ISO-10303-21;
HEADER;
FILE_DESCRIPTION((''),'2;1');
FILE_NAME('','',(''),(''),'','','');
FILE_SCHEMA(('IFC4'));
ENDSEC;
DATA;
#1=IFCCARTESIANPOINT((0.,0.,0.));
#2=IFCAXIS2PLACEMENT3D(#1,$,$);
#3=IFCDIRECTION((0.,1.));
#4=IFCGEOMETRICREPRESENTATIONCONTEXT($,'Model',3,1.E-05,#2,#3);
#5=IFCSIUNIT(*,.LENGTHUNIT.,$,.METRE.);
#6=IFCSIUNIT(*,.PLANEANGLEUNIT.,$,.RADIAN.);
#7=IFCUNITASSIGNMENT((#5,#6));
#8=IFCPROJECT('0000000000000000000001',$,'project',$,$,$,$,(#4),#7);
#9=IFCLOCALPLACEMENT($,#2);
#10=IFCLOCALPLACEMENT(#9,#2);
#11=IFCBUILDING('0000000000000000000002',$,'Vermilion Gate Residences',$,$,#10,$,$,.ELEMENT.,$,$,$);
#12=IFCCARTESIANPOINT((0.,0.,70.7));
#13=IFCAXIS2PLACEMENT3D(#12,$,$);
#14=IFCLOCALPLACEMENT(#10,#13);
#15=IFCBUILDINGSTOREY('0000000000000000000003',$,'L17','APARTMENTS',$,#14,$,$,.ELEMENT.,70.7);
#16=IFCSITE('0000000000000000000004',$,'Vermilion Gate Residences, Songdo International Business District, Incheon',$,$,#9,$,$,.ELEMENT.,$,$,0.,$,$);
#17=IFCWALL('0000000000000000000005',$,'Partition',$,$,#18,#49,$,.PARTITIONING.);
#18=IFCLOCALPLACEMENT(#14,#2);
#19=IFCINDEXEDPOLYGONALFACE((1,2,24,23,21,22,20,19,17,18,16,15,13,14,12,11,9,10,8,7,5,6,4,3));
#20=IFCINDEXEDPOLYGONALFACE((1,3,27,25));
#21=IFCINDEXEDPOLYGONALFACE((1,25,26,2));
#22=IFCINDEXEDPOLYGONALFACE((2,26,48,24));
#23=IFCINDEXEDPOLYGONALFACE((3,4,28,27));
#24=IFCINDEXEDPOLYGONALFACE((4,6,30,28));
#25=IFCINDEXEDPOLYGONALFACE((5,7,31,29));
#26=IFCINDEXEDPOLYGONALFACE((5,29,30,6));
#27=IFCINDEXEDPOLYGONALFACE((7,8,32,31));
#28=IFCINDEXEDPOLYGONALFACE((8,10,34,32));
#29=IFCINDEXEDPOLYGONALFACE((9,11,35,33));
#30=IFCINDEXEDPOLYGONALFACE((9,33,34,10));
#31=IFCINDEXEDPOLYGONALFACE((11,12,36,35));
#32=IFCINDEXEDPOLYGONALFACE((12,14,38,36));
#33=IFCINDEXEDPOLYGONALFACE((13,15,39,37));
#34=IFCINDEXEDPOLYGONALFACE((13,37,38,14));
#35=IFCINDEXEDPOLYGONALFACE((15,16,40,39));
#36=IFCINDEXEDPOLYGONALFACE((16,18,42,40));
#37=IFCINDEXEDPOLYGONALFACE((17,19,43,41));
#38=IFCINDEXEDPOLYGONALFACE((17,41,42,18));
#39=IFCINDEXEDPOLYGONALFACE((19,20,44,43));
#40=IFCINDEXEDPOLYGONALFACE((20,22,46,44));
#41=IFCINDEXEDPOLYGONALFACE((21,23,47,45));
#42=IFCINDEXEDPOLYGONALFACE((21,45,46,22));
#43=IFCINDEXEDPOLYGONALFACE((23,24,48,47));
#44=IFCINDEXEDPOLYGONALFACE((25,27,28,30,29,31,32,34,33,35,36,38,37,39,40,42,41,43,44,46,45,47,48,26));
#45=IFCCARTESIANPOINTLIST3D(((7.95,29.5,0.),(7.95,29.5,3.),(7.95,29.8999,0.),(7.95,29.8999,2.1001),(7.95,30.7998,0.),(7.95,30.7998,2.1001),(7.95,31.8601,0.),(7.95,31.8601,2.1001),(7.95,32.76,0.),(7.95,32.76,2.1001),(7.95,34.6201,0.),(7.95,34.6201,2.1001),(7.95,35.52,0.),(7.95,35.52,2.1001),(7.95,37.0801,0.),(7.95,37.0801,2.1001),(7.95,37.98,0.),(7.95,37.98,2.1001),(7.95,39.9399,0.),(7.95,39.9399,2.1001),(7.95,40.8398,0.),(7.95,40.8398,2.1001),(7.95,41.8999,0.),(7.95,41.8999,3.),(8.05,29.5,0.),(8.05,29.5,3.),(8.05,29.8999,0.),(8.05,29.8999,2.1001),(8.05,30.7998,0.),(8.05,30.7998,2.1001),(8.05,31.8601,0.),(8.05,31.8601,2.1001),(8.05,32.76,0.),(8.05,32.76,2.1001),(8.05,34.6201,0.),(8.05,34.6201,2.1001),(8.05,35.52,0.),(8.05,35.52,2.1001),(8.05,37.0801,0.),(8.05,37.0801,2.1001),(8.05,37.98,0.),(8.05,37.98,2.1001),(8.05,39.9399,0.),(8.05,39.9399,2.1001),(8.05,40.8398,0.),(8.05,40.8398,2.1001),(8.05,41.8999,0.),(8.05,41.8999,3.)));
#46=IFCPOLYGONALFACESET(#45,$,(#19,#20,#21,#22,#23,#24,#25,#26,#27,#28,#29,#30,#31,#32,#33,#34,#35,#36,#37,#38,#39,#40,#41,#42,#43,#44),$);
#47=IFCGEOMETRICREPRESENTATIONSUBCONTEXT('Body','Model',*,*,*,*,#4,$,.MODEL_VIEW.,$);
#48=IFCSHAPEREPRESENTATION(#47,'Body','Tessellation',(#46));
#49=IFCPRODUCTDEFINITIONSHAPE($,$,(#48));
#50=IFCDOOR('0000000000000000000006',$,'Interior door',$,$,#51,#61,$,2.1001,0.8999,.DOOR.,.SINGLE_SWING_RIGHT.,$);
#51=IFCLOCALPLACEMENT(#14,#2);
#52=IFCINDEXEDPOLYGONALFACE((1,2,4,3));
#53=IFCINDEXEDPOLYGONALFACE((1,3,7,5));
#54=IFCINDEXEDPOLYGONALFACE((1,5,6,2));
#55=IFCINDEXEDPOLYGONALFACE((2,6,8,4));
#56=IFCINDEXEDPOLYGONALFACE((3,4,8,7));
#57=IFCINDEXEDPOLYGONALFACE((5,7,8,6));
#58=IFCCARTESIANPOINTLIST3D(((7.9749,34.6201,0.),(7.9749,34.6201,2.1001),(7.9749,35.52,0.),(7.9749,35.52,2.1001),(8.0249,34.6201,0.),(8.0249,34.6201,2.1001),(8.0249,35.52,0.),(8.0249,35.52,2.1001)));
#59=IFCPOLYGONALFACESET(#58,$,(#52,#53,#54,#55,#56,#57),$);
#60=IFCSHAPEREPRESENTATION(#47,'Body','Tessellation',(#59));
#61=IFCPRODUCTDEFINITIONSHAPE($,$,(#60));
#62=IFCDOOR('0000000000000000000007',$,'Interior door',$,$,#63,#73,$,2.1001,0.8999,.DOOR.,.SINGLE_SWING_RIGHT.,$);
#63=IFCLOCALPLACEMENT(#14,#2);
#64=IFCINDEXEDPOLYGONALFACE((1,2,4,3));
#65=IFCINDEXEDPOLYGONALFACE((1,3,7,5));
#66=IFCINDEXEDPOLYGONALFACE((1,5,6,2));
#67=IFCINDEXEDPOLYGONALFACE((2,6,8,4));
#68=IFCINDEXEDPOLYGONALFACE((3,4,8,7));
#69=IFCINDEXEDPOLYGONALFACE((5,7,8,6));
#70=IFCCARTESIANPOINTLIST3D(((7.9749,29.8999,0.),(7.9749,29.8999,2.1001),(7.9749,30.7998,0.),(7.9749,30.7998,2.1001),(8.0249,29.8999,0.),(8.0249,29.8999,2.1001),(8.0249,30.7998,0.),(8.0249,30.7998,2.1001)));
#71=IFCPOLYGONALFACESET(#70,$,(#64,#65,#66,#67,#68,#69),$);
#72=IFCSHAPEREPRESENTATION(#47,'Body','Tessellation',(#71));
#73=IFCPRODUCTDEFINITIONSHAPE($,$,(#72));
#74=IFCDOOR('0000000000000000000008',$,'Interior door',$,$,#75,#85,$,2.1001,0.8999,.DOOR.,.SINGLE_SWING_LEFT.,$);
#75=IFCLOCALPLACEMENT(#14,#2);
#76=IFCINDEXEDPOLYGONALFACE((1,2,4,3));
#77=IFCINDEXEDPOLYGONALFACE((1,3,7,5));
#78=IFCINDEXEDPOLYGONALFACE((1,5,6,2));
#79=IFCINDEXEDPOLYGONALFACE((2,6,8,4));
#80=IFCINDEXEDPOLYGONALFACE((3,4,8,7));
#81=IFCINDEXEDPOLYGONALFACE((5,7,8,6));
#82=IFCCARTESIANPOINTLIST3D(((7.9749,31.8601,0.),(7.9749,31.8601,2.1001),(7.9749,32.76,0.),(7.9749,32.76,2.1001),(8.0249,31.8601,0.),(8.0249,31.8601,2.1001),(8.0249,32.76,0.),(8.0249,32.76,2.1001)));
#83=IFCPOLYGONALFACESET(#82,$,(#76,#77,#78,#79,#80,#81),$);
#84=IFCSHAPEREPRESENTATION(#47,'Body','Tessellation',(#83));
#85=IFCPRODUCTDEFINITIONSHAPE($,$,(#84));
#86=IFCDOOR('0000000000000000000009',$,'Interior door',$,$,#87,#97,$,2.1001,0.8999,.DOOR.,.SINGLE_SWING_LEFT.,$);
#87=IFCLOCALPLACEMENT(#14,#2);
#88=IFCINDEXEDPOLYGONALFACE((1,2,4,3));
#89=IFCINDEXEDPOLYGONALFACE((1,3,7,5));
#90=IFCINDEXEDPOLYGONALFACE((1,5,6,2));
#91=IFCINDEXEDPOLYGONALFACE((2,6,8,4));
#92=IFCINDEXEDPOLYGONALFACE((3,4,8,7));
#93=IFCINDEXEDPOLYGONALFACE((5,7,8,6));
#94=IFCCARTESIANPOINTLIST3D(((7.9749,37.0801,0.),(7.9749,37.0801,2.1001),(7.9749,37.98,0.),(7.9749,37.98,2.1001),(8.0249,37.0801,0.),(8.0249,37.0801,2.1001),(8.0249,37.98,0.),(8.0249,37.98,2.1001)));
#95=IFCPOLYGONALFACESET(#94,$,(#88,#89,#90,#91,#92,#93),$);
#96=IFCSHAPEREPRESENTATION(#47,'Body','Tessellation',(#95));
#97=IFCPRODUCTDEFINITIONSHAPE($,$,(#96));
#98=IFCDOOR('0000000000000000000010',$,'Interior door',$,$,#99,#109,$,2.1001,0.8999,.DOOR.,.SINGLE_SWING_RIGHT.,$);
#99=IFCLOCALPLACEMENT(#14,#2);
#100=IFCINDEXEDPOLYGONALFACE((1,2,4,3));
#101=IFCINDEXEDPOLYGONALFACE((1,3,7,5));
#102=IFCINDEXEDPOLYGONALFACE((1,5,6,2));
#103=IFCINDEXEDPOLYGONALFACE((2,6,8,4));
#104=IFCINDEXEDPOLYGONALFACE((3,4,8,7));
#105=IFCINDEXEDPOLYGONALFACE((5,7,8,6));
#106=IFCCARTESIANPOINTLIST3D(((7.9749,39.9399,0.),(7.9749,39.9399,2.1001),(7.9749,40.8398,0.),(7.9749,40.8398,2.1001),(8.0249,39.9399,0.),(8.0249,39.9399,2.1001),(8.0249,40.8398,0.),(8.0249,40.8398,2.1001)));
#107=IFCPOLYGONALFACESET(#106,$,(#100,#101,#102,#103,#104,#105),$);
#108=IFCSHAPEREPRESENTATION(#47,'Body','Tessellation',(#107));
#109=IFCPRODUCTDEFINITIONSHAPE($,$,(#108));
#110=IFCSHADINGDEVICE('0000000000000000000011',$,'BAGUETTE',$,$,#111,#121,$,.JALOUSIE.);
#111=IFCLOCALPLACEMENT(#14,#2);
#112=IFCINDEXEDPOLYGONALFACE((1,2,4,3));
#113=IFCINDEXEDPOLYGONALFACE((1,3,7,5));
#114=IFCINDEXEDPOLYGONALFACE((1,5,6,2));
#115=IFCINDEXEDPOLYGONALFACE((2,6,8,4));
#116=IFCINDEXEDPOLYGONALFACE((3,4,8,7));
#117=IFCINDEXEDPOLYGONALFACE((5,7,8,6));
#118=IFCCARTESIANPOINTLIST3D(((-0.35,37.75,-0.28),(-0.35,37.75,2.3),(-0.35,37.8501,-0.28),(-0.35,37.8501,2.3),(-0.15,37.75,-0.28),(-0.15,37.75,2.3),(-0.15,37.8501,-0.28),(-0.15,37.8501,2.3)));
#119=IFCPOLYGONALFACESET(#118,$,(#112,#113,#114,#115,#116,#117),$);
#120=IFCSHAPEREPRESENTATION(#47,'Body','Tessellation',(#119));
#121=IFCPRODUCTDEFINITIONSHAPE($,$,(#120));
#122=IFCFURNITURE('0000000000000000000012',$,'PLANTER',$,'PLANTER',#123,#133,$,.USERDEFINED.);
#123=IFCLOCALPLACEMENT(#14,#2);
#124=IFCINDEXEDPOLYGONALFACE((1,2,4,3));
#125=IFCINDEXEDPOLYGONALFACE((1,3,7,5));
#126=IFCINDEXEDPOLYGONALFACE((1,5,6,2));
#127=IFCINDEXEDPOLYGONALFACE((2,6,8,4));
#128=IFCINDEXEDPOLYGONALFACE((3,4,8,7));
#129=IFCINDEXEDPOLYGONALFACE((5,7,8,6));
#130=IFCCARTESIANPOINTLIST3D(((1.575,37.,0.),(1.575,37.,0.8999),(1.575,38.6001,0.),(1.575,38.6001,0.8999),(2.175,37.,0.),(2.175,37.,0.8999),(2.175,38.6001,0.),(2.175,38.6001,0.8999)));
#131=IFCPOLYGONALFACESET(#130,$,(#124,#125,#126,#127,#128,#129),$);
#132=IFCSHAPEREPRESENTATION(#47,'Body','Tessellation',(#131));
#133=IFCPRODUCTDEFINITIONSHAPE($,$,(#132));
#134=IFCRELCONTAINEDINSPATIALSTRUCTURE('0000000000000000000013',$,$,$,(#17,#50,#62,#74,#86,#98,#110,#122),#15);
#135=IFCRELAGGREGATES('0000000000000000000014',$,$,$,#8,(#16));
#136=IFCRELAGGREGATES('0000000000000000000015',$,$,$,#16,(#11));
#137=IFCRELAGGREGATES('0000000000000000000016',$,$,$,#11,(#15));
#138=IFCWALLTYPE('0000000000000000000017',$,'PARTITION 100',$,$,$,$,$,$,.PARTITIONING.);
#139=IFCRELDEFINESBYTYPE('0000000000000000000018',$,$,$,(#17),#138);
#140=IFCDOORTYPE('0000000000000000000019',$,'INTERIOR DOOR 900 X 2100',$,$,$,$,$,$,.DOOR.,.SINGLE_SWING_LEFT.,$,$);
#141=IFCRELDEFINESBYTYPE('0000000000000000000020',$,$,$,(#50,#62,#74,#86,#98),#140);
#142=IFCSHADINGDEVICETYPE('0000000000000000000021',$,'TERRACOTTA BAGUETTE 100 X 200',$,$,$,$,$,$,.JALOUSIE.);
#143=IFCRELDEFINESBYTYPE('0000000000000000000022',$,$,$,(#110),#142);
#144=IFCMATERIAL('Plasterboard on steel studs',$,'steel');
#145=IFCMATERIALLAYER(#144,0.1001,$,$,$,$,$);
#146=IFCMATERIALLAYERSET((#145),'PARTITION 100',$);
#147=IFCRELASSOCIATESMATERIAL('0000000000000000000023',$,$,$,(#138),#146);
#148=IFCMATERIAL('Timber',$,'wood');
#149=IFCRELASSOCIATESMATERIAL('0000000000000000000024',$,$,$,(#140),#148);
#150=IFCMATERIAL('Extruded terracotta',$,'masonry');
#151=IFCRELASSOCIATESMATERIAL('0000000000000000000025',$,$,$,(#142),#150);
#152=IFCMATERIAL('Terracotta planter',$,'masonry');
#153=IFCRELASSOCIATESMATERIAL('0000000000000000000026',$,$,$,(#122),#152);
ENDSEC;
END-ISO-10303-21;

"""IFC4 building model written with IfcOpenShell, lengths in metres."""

from ifc_helpers import new_model, si_unit, direction, frame, frame_2d, origin, origin_2d, place, context, subcontext, project, spatial, rectangle, extrude, material, layer, layer_set, material_profile, profile_set, type_object, element, fill, save


model = new_model("IFC4")

# Units and contexts
model_context = context("Model", 3, precision=1e-05, world=origin(), true_north=direction((0.0, 1.0)))
body_context = subcontext(model_context, "Body", "Model", "MODEL_VIEW")
ifc_project = project(units=[si_unit("LENGTHUNIT", "METRE"), si_unit("PLANEANGLEUNIT", "RADIAN")], contexts=[model_context])

# Site, building, storey
site_placement = place(None, origin())
site = spatial("IfcSite", under=ifc_project, at=site_placement, Name="Vermilion Gate Residences, Songdo International Business District, Incheon", CompositionType="ELEMENT", RefElevation=0.0)
building_placement = place(site_placement, origin())
building = spatial("IfcBuilding", under=site, at=building_placement, Name="Vermilion Gate Residences", CompositionType="ELEMENT")
storey_placement = place(building_placement, frame((0.0, 0.0, 70.7)))
storey = spatial("IfcBuildingStorey", under=building, at=storey_placement, Name="L17", Description="APARTMENTS", CompositionType="ELEMENT", Elevation=70.7)

# Shared definitions
ifc_material_1 = material(Name="Plasterboard on steel studs", Category="steel")
ifc_layer = layer(ifc_material_1, 0.1001)
ifc_layer_set = layer_set([ifc_layer], Name="PARTITION 100")
wall_type = type_object("IfcWallType", Name="PARTITION 100", PredefinedType="PARTITIONING", material=ifc_layer_set)

# Wall, openings, doors
ifc_material_2 = material(Name="Timber", Category="wood")
door_type = type_object("IfcDoorType", Name="INTERIOR DOOR 900 X 2100", OperationType="SINGLE_SWING_LEFT", PredefinedType="DOOR", material=ifc_material_2)
wall_1_placement = place(storey_placement, frame((8.0, 29.5, 0.0), z_axis=(0.0, 0.0, 1.0), x_axis=(0.0, 1.0, 0.0)))
wall_1 = element("IfcWall", 1, at=wall_1_placement, inside=storey, type_object=wall_type, Name="Partition", PredefinedType="PARTITIONING", context=body_context, shape_type="SweptSolid", body=[
    extrude(rectangle(XDim=12.3999, YDim=0.1001, at=frame_2d((6.2, 0.0))), origin(), (0.0, 0.0, 1.0), 3.0),
])
opening_1_placement = place(wall_1_placement, frame((5.1201, 0.0, 0.0)))
opening_1 = element("IfcOpeningElement", 2, at=opening_1_placement, cuts=wall_1, PredefinedType="OPENING", context=body_context, shape_type="SweptSolid", body=[
    extrude(rectangle(XDim=0.8999, YDim=2.1001, at=frame_2d((0.45, 1.05))), frame((0.0, 0.0601, 0.0), z_axis=(0.0, -1.0, 0.0), x_axis=(1.0, 0.0, 0.0)), (0.0, 0.0, 1.0), 0.1201),
])
opening_2_placement = place(wall_1_placement, frame((0.3999, 0.0, 0.0)))
opening_2 = element("IfcOpeningElement", 3, at=opening_2_placement, cuts=wall_1, PredefinedType="OPENING", context=body_context, shape_type="SweptSolid", body=[
    extrude(rectangle(XDim=0.8999, YDim=2.1001, at=frame_2d((0.45, 1.05))), frame((0.0, 0.0601, 0.0), z_axis=(0.0, -1.0, 0.0), x_axis=(1.0, 0.0, 0.0)), (0.0, 0.0, 1.0), 0.1201),
])
opening_3_placement = place(wall_1_placement, frame((2.3601, 0.0, 0.0)))
opening_3 = element("IfcOpeningElement", 4, at=opening_3_placement, cuts=wall_1, PredefinedType="OPENING", context=body_context, shape_type="SweptSolid", body=[
    extrude(rectangle(XDim=0.8999, YDim=2.1001, at=frame_2d((0.45, 1.05))), frame((0.0, 0.0601, 0.0), z_axis=(0.0, -1.0, 0.0), x_axis=(1.0, 0.0, 0.0)), (0.0, 0.0, 1.0), 0.1201),
])
opening_4_placement = place(wall_1_placement, frame((7.5801, 0.0, 0.0)))
opening_4 = element("IfcOpeningElement", 5, at=opening_4_placement, cuts=wall_1, PredefinedType="OPENING", context=body_context, shape_type="SweptSolid", body=[
    extrude(rectangle(XDim=0.8999, YDim=2.1001, at=frame_2d((0.45, 1.05))), frame((0.0, 0.0601, 0.0), z_axis=(0.0, -1.0, 0.0), x_axis=(1.0, 0.0, 0.0)), (0.0, 0.0, 1.0), 0.1201),
])
opening_5_placement = place(wall_1_placement, frame((10.4399, 0.0, 0.0)))
opening_5 = element("IfcOpeningElement", 6, at=opening_5_placement, cuts=wall_1, PredefinedType="OPENING", context=body_context, shape_type="SweptSolid", body=[
    extrude(rectangle(XDim=0.8999, YDim=2.1001, at=frame_2d((0.45, 1.05))), frame((0.0, 0.0601, 0.0), z_axis=(0.0, -1.0, 0.0), x_axis=(1.0, 0.0, 0.0)), (0.0, 0.0, 1.0), 0.1201),
])
door_1_placement = place(opening_1_placement, frame((0.8999, 0.0, 0.0), z_axis=(0.0, 0.0, 1.0), x_axis=(-1.0, 0.0, 0.0)))
door_1 = element("IfcDoor", 7, at=door_1_placement, inside=storey, type_object=door_type, Name="Interior door", OperationType="SINGLE_SWING_RIGHT", OverallHeight=2.1001, OverallWidth=0.8999, PredefinedType="DOOR", context=body_context, shape_type="SweptSolid", body=[
    extrude(rectangle(XDim=0.8999, YDim=2.1001, at=frame_2d((0.45, 1.05))), frame((0.0, 0.0249, 0.0), z_axis=(0.0, -1.0, 0.0), x_axis=(1.0, 0.0, 0.0)), (0.0, 0.0, 1.0), 0.05),
])
fill(opening_1, door_1)
door_2_placement = place(opening_2_placement, frame((0.8999, 0.0, 0.0), z_axis=(0.0, 0.0, 1.0), x_axis=(-1.0, 0.0, 0.0)))
door_2 = element("IfcDoor", 8, at=door_2_placement, inside=storey, type_object=door_type, Name="Interior door", OperationType="SINGLE_SWING_RIGHT", OverallHeight=2.1001, OverallWidth=0.8999, PredefinedType="DOOR", context=body_context, shape_type="SweptSolid", body=[
    extrude(rectangle(XDim=0.8999, YDim=2.1001, at=frame_2d((0.45, 1.05))), frame((0.0, 0.0249, 0.0), z_axis=(0.0, -1.0, 0.0), x_axis=(1.0, 0.0, 0.0)), (0.0, 0.0, 1.0), 0.05),
])
fill(opening_2, door_2)
door_3_placement = place(opening_3_placement, frame((0.8999, 0.0, 0.0), z_axis=(0.0, 0.0, 1.0), x_axis=(-1.0, 0.0, 0.0)))
door_3 = element("IfcDoor", 9, at=door_3_placement, inside=storey, type_object=door_type, Name="Interior door", OperationType="SINGLE_SWING_LEFT", OverallHeight=2.1001, OverallWidth=0.8999, PredefinedType="DOOR", context=body_context, shape_type="SweptSolid", body=[
    extrude(rectangle(XDim=0.8999, YDim=2.1001, at=frame_2d((0.45, 1.05))), frame((0.0, 0.0249, 0.0), z_axis=(0.0, -1.0, 0.0), x_axis=(1.0, 0.0, 0.0)), (0.0, 0.0, 1.0), 0.05),
])
fill(opening_3, door_3)
door_4_placement = place(opening_4_placement, frame((0.8999, 0.0, 0.0), z_axis=(0.0, 0.0, 1.0), x_axis=(-1.0, 0.0, 0.0)))
door_4 = element("IfcDoor", 10, at=door_4_placement, inside=storey, type_object=door_type, Name="Interior door", OperationType="SINGLE_SWING_LEFT", OverallHeight=2.1001, OverallWidth=0.8999, PredefinedType="DOOR", context=body_context, shape_type="SweptSolid", body=[
    extrude(rectangle(XDim=0.8999, YDim=2.1001, at=frame_2d((0.45, 1.05))), frame((0.0, 0.0249, 0.0), z_axis=(0.0, -1.0, 0.0), x_axis=(1.0, 0.0, 0.0)), (0.0, 0.0, 1.0), 0.05),
])
fill(opening_4, door_4)
door_5_placement = place(opening_5_placement, frame((0.8999, 0.0, 0.0), z_axis=(0.0, 0.0, 1.0), x_axis=(-1.0, 0.0, 0.0)))
door_5 = element("IfcDoor", 11, at=door_5_placement, inside=storey, type_object=door_type, Name="Interior door", OperationType="SINGLE_SWING_RIGHT", OverallHeight=2.1001, OverallWidth=0.8999, PredefinedType="DOOR", context=body_context, shape_type="SweptSolid", body=[
    extrude(rectangle(XDim=0.8999, YDim=2.1001, at=frame_2d((0.45, 1.05))), frame((0.0, 0.0249, 0.0), z_axis=(0.0, -1.0, 0.0), x_axis=(1.0, 0.0, 0.0)), (0.0, 0.0, 1.0), 0.05),
])
fill(opening_5, door_5)

# Shading device
ifc_material_3 = material(Name="Extruded terracotta", Category="masonry")
ifc_material_profile_1 = material_profile(ifc_material_3, rectangle(XDim=0.2, YDim=0.1001, at=origin_2d()), Name="BAGUETTE 100 X 200")
ifc_profile_set_1 = profile_set([ifc_material_profile_1], Name="Extruded terracotta")
shading_device_type = type_object("IfcShadingDeviceType", Name="TERRACOTTA BAGUETTE 100 X 200", PredefinedType="JALOUSIE", material=ifc_profile_set_1)
shading_device_placement = place(storey_placement, frame((-0.25, 37.8, -0.28), z_axis=(0.0, 0.0, 1.0), x_axis=(1.0, 0.0, 0.0)))
element("IfcShadingDevice", 12, at=shading_device_placement, inside=storey, type_object=shading_device_type, Name="BAGUETTE", PredefinedType="JALOUSIE", context=body_context, shape_type="SweptSolid", body=[
    extrude(rectangle(XDim=0.2, YDim=0.1001, at=origin_2d()), origin(), (0.0, 0.0, 1.0), 2.5801),
])

# Furniture
ifc_material_4 = material(Name="Terracotta planter", Category="masonry")
furniture_placement = place(storey_placement, frame((1.875, 37.8, 0.0), z_axis=(0.0, 0.0, 1.0), x_axis=(0.0, -1.0, 0.0)))
element("IfcFurniture", 13, at=furniture_placement, inside=storey, material=ifc_material_4, Name="PLANTER", ObjectType="PLANTER", PredefinedType="USERDEFINED", context=body_context, shape_type="SweptSolid", body=[
    extrude(rectangle(XDim=1.6001, YDim=0.6001, at=origin_2d()), origin(), (0.0, 0.0, 1.0), 0.8999),
])

save(model, "model.ifc")
